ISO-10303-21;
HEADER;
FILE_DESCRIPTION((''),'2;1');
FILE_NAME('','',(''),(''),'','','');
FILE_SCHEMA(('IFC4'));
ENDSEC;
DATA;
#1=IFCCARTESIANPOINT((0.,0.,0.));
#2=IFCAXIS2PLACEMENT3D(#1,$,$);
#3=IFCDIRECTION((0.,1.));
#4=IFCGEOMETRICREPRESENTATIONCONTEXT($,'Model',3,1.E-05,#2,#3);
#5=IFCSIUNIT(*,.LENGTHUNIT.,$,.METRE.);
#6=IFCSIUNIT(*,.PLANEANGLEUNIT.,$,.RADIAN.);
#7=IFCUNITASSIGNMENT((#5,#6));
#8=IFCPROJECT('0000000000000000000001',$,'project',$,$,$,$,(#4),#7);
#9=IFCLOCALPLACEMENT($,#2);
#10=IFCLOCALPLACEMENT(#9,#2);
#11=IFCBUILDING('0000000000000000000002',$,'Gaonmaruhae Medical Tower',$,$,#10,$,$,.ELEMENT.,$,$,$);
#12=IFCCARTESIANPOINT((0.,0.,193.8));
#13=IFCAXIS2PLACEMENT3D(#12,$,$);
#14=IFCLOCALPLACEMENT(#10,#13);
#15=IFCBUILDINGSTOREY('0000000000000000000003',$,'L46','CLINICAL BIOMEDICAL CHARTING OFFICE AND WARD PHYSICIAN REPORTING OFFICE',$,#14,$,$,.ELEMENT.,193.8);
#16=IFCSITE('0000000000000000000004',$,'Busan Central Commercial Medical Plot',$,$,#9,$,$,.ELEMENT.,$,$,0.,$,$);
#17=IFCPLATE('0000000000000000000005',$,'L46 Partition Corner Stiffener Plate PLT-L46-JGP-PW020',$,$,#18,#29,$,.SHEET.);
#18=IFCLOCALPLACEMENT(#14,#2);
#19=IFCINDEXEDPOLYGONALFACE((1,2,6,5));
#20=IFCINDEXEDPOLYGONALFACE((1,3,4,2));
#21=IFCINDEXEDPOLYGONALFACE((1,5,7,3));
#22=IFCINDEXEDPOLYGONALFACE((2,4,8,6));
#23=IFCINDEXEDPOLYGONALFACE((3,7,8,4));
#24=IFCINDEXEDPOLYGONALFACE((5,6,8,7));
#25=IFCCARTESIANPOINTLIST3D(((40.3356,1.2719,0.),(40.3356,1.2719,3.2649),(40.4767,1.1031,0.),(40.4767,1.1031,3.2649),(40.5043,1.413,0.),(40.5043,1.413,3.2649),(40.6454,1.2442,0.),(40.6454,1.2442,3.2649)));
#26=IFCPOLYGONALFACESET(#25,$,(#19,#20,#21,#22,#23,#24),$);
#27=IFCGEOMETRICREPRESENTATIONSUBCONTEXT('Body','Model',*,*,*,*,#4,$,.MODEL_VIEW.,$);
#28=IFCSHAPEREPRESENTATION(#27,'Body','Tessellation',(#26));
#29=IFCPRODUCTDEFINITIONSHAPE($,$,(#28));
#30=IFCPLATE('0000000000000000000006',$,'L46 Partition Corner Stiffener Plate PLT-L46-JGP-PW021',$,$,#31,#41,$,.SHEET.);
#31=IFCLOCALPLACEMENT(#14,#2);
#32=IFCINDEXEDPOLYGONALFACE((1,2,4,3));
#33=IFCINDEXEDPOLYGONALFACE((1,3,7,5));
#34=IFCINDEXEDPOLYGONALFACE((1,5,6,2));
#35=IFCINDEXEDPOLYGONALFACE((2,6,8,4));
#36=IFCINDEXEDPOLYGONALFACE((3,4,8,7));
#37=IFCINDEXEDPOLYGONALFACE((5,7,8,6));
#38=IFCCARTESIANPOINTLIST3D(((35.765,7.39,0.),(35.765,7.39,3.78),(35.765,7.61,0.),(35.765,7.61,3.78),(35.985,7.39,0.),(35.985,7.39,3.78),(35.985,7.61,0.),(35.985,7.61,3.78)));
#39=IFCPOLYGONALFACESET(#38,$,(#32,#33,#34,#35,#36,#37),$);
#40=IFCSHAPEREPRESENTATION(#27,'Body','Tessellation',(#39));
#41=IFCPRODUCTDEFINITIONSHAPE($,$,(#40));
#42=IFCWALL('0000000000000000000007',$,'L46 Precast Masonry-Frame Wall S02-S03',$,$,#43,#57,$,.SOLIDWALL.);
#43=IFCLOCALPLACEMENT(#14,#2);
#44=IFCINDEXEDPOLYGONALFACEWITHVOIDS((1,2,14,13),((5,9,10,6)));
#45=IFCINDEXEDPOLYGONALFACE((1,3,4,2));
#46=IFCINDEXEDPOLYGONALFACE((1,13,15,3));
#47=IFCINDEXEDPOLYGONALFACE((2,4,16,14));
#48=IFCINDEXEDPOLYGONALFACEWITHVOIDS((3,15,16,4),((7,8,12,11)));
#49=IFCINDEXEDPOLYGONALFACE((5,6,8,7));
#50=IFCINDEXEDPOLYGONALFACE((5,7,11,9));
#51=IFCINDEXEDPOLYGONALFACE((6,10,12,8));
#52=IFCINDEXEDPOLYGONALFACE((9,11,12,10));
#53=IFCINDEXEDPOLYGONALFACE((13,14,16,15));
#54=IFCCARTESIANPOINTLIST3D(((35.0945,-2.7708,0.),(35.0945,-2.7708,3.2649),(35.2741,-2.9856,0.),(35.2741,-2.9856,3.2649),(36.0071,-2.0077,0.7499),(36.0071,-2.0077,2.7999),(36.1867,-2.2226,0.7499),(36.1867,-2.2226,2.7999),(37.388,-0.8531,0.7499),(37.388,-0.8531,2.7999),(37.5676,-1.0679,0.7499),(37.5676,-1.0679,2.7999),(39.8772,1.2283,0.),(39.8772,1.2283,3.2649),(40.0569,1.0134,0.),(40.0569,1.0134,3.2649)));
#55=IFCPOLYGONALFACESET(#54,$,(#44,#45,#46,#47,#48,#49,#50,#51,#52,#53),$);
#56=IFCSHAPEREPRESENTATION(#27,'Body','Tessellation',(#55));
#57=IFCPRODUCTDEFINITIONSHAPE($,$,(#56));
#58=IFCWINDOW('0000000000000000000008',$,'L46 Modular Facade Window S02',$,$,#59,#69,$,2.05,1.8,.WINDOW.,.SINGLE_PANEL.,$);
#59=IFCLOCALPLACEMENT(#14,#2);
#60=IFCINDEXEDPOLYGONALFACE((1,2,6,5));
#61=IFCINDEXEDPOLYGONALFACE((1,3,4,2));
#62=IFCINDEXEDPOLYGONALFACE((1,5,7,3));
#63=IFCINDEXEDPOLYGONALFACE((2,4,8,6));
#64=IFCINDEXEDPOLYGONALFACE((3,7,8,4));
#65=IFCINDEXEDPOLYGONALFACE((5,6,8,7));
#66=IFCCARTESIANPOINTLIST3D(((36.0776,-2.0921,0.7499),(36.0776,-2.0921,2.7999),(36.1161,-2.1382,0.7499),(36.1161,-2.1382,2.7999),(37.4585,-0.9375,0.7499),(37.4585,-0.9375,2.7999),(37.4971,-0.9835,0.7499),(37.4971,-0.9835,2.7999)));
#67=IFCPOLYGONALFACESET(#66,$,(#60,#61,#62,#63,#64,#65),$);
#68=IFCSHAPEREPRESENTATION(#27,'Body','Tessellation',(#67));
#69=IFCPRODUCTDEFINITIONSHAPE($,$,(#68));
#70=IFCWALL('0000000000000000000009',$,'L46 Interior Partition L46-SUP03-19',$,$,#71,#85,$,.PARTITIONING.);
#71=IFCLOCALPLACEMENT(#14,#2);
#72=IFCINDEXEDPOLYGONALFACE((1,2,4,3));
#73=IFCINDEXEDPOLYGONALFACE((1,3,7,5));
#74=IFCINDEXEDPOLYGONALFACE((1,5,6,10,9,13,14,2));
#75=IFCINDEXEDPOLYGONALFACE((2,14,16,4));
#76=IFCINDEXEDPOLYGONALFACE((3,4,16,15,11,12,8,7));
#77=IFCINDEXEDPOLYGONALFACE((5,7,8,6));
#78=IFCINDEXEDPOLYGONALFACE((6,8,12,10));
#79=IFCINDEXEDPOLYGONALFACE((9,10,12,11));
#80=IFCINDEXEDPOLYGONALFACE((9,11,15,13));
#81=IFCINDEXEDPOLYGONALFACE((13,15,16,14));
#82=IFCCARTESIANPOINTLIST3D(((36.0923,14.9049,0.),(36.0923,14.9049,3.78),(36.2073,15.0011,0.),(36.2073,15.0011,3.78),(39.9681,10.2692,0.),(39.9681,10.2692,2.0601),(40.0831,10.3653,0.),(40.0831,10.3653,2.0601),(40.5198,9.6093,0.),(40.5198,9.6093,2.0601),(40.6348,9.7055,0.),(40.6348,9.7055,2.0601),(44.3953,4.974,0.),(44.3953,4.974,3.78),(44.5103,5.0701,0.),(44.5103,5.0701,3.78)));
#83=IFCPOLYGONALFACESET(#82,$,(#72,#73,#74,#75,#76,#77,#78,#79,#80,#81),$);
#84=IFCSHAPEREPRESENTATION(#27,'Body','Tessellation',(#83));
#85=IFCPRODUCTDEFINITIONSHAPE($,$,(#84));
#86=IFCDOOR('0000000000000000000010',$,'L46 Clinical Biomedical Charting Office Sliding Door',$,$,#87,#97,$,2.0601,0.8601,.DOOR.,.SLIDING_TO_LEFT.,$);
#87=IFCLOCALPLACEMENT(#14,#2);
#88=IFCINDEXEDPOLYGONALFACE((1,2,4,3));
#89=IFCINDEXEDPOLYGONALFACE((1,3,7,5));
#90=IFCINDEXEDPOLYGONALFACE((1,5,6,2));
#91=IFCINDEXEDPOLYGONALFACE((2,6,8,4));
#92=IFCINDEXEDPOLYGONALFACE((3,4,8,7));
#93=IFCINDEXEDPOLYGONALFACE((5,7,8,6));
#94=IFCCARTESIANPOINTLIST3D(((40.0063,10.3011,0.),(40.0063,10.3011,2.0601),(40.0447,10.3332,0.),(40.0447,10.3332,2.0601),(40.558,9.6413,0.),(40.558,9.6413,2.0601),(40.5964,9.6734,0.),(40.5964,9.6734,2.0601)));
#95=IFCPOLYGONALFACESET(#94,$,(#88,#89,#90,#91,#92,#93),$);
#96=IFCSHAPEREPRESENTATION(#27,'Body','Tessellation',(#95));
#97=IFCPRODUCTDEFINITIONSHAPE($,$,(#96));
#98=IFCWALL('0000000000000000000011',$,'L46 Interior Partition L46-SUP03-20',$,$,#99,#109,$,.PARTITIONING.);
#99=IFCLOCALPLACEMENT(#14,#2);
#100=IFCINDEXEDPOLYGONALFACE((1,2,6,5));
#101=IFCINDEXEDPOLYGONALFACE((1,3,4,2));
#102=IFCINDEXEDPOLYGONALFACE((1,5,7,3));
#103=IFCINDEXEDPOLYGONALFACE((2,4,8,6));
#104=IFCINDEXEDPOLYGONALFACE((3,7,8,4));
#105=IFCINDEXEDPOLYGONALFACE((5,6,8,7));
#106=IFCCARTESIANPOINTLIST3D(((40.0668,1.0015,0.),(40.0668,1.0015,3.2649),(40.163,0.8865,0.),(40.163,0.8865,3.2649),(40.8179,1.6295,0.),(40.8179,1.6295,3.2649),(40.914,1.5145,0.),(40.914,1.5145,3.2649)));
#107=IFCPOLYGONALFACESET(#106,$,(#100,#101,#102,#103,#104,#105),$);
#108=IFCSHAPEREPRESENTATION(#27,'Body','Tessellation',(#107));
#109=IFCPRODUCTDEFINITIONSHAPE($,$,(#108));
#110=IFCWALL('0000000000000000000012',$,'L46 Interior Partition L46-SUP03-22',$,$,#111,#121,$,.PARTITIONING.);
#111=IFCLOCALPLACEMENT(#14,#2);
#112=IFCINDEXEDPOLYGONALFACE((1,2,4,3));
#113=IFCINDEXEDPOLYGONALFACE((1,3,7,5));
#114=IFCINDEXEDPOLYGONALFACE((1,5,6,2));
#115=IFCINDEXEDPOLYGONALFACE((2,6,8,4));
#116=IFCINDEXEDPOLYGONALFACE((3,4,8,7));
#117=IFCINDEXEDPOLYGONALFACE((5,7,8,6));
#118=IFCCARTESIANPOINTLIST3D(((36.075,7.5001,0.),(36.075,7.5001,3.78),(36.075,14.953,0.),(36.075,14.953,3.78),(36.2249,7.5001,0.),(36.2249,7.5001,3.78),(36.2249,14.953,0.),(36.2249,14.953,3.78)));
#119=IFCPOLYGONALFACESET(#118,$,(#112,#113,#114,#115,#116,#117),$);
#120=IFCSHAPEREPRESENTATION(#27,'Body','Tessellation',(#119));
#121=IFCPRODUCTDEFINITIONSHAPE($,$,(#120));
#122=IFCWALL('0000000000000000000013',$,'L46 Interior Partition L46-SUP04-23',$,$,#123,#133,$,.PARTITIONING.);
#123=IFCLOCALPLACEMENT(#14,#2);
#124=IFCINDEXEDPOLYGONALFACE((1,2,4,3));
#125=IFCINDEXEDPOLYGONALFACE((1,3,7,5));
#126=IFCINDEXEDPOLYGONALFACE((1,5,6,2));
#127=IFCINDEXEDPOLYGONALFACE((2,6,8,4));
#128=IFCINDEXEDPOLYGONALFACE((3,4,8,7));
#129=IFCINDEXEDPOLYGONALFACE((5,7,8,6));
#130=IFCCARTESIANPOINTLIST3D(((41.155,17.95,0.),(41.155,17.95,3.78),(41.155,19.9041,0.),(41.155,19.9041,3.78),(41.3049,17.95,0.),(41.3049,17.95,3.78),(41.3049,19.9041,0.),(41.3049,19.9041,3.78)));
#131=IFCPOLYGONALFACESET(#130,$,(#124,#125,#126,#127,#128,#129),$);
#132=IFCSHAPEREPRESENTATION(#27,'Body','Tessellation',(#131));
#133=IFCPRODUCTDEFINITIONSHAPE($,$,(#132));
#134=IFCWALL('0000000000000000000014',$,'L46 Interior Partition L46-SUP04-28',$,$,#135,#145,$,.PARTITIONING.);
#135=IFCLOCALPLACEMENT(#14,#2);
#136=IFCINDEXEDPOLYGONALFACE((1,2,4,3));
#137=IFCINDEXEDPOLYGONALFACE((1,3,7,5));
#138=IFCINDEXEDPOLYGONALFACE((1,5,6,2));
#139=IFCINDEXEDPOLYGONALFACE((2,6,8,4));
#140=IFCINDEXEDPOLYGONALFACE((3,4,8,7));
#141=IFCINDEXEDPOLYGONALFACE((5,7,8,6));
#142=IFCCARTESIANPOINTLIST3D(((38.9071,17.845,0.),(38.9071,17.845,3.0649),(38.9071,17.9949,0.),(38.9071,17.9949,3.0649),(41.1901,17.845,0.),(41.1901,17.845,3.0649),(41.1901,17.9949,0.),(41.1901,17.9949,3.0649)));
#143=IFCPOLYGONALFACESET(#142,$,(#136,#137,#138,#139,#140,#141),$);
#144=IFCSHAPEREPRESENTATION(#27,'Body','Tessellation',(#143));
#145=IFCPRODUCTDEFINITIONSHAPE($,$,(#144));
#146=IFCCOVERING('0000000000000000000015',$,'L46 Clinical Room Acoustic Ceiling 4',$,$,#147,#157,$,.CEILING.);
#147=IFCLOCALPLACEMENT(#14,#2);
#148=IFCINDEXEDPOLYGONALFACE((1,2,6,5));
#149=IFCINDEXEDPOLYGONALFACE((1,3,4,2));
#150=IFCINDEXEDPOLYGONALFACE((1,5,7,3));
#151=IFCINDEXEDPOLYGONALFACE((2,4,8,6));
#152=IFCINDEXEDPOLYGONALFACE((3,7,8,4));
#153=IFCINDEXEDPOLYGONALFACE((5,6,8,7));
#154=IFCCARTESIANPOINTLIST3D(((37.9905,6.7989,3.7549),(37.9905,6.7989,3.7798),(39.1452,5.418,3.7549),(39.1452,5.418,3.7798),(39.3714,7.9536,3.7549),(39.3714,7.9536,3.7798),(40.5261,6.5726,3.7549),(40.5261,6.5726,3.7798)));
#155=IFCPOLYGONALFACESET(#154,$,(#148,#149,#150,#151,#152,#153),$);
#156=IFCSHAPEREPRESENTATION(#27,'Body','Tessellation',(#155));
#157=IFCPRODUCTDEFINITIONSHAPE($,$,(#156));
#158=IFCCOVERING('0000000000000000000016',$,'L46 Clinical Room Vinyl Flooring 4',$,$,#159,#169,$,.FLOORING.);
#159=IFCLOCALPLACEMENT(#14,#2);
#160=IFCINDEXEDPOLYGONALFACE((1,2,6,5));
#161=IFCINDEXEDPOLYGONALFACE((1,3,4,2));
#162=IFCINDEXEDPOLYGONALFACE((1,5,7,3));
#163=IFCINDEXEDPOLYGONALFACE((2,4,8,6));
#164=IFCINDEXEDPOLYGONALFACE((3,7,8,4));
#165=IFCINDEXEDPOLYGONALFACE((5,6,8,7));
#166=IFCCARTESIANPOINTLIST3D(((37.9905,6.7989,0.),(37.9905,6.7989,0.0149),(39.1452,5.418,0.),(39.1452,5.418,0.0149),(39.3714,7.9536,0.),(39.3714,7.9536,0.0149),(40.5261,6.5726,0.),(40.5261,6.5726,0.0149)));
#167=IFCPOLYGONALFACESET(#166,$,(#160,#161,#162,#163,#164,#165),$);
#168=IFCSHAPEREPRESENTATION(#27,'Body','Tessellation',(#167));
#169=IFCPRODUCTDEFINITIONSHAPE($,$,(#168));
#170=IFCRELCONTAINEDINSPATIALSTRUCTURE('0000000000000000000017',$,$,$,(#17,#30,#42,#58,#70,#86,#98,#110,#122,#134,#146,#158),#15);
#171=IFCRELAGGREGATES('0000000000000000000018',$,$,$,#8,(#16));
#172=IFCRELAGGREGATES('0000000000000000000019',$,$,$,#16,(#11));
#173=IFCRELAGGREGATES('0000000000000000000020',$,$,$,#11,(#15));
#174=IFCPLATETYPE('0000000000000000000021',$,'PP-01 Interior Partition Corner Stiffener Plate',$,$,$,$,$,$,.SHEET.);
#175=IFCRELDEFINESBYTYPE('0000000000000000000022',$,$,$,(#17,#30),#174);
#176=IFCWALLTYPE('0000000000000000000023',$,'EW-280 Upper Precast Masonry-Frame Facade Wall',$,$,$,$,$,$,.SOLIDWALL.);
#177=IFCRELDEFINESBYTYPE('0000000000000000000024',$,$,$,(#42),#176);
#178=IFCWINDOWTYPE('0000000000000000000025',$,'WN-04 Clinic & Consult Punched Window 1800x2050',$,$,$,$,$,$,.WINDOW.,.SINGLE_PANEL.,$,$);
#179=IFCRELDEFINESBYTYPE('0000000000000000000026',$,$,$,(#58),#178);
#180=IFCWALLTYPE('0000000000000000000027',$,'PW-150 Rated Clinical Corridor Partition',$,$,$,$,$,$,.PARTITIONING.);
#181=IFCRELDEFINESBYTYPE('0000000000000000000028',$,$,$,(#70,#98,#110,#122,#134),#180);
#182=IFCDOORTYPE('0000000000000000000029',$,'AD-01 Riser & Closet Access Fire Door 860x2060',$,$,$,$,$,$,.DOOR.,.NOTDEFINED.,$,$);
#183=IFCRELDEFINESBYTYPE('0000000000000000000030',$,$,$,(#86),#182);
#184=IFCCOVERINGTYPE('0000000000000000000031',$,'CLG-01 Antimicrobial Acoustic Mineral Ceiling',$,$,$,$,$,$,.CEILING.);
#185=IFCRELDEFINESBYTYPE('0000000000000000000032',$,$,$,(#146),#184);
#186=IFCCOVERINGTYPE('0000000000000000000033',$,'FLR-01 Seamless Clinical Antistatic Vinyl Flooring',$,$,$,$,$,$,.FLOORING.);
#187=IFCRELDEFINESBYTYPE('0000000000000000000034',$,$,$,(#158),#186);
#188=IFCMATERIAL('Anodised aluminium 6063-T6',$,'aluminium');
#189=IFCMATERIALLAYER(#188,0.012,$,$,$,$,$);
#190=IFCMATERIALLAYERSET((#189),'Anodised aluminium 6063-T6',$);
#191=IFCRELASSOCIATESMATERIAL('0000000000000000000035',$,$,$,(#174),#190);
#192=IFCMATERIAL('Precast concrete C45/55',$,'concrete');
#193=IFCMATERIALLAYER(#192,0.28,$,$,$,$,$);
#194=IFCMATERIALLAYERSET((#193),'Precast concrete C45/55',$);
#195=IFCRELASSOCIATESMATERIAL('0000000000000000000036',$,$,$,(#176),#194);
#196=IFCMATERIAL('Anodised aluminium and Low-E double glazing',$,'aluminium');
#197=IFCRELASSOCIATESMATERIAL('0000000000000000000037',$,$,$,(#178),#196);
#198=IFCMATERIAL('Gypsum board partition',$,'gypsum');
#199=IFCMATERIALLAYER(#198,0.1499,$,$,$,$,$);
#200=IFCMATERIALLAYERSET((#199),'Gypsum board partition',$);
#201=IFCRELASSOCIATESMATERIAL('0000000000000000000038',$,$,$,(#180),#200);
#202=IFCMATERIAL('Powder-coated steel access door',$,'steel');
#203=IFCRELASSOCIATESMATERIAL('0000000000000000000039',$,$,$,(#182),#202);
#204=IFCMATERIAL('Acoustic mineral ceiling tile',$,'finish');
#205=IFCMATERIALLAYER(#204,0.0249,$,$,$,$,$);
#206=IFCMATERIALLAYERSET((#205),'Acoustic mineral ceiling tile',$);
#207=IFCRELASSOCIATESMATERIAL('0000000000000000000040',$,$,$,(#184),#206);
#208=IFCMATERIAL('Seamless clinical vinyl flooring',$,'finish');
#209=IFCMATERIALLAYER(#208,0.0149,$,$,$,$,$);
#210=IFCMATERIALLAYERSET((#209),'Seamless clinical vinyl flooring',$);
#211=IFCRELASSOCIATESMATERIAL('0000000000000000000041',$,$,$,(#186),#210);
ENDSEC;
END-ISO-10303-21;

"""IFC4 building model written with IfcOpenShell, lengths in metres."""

from ifc_helpers import new_model, si_unit, direction, frame, frame_2d, origin, origin_2d, place, context, subcontext, project, spatial, rectangle, extrude, material, layer, layer_set, type_object, element, fill, save


model = new_model("IFC4")

# Units and contexts
model_context = context("Model", 3, precision=1e-05, world=origin(), true_north=direction((0.0, 1.0)))
body_context = subcontext(model_context, "Body", "Model", "MODEL_VIEW")
ifc_project = project(units=[si_unit("LENGTHUNIT", "METRE"), si_unit("PLANEANGLEUNIT", "RADIAN")], contexts=[model_context])

# Site, building, storey
site_placement = place(None, origin())
site = spatial("IfcSite", under=ifc_project, at=site_placement, Name="Busan Central Commercial Medical Plot", CompositionType="ELEMENT", RefElevation=0.0)
building_placement = place(site_placement, origin())
building = spatial("IfcBuilding", under=site, at=building_placement, Name="Gaonmaruhae Medical Tower", CompositionType="ELEMENT")
storey_placement = place(building_placement, frame((0.0, 0.0, 193.8)))
storey = spatial("IfcBuildingStorey", under=building, at=storey_placement, Name="L46", Description="CLINICAL BIOMEDICAL CHARTING OFFICE AND WARD PHYSICIAN REPORTING OFFICE", CompositionType="ELEMENT", Elevation=193.8)

# Plates
ifc_material_1 = material(Name="Anodised aluminium 6063-T6", Category="aluminium")
ifc_layer_1 = layer(ifc_material_1, 0.012)
ifc_layer_set_1 = layer_set([ifc_layer_1], Name="Anodised aluminium 6063-T6")
plate_type = type_object("IfcPlateType", Name="PP-01 Interior Partition Corner Stiffener Plate", PredefinedType="SHEET", material=ifc_layer_set_1)
plate_1_placement = place(storey_placement, frame((40.4905, 1.2581, 0.0), z_axis=(0.0, 0.0, 1.0), x_axis=(-0.767132, -0.64149, 0.0)))
element("IfcPlate", 1, at=plate_1_placement, inside=storey, type_object=plate_type, Name="L46 Partition Corner Stiffener Plate PLT-L46-JGP-PW020", PredefinedType="SHEET", context=body_context, shape_type="SweptSolid", body=[
    extrude(rectangle(XDim=0.22, YDim=0.22, at=origin_2d()), origin(), (0.0, 0.0, 1.0), 3.2649),
])
plate_2_placement = place(storey_placement, frame((35.875, 7.5, 0.0), z_axis=(0.0, 0.0, 1.0), x_axis=(1.0, 0.0, 0.0)))
element("IfcPlate", 2, at=plate_2_placement, inside=storey, type_object=plate_type, Name="L46 Partition Corner Stiffener Plate PLT-L46-JGP-PW021", PredefinedType="SHEET", context=body_context, shape_type="SweptSolid", body=[
    extrude(rectangle(XDim=0.22, YDim=0.22, at=origin_2d()), origin(), (0.0, 0.0, 1.0), 3.78),
])

# Wall, opening, window
ifc_material_2 = material(Name="Precast concrete C45/55", Category="concrete")
ifc_layer_2 = layer(ifc_material_2, 0.28)
ifc_layer_set_2 = layer_set([ifc_layer_2], Name="Precast concrete C45/55")
wall_type_1 = type_object("IfcWallType", Name="EW-280 Upper Precast Masonry-Frame Facade Wall", PredefinedType="SOLIDWALL", material=ifc_layer_set_2)
wall_1_placement = place(storey_placement, frame((39.967, 1.1208, 0.0), z_axis=(0.0, 0.0, 1.0), x_axis=(-0.767161, -0.641455, 0.0)))
wall_1 = element("IfcWall", 3, at=wall_1_placement, inside=storey, type_object=wall_type_1, Name="L46 Precast Masonry-Frame Wall S02-S03", PredefinedType="SOLIDWALL", context=body_context, shape_type="SweptSolid", body=[
    extrude(rectangle(XDim=6.2344, YDim=0.28, at=frame_2d((3.1172, 0.0))), origin(), (0.0, 0.0, 1.0), 3.2649),
])
opening_1_placement = place(wall_1_placement, frame((3.2449, 0.0, 0.75)))
opening_1 = element("IfcOpeningElement", 4, at=opening_1_placement, cuts=wall_1, PredefinedType="OPENING", context=body_context, shape_type="SweptSolid", body=[
    extrude(rectangle(XDim=1.8, YDim=2.05, at=frame_2d((0.8999, 1.0249))), frame((0.0, 0.1499, 0.0), z_axis=(0.0, -1.0, 0.0), x_axis=(1.0, 0.0, 0.0)), (0.0, 0.0, 1.0), 0.3),
])
ifc_material_3 = material(Name="Anodised aluminium and Low-E double glazing", Category="aluminium")
window_type = type_object("IfcWindowType", Name="WN-04 Clinic & Consult Punched Window 1800x2050", PartitioningType="SINGLE_PANEL", PredefinedType="WINDOW", material=ifc_material_3)
window_placement = place(opening_1_placement, origin())
window = element("IfcWindow", 5, at=window_placement, inside=storey, type_object=window_type, Name="L46 Modular Facade Window S02", OverallHeight=2.05, OverallWidth=1.8, PartitioningType="SINGLE_PANEL", PredefinedType="WINDOW", context=body_context, shape_type="SweptSolid", body=[
    extrude(rectangle(XDim=1.8, YDim=2.05, at=frame_2d((0.8999, 1.0249))), frame((0.0, 0.03, 0.0), z_axis=(0.0, -1.0, 0.0), x_axis=(1.0, 0.0, 0.0)), (0.0, 0.0, 1.0), 0.0601),
])
fill(opening_1, window)

# Wall, opening, door
ifc_material_4 = material(Name="Gypsum board partition", Category="gypsum")
ifc_layer_3 = layer(ifc_material_4, 0.1499)
ifc_layer_set_3 = layer_set([ifc_layer_3], Name="Gypsum board partition")
wall_type_2 = type_object("IfcWallType", Name="PW-150 Rated Clinical Corridor Partition", PredefinedType="PARTITIONING", material=ifc_layer_set_3)
wall_2_placement = place(storey_placement, frame((36.1499, 14.9529, 0.0), z_axis=(0.0, 0.0, 1.0), x_axis=(0.641425, -0.767186, 0.0)))
wall_2 = element("IfcWall", 6, at=wall_2_placement, inside=storey, type_object=wall_type_2, Name="L46 Interior Partition L46-SUP03-19", PredefinedType="PARTITIONING", context=body_context, shape_type="SweptSolid", body=[
    extrude(rectangle(XDim=12.9446, YDim=0.1499, at=frame_2d((6.4722, 0.0))), origin(), (0.0, 0.0, 1.0), 3.78),
])
opening_2_placement = place(wall_2_placement, frame((6.0422, 0.0, 0.0)))
opening_2 = element("IfcOpeningElement", 7, at=opening_2_placement, cuts=wall_2, PredefinedType="OPENING", context=body_context, shape_type="SweptSolid", body=[
    extrude(rectangle(XDim=0.8601, YDim=2.0601, at=frame_2d((0.4302, 1.03))), frame((0.0, 0.085, 0.0), z_axis=(0.0, -1.0, 0.0), x_axis=(1.0, 0.0, 0.0)), (0.0, 0.0, 1.0), 0.1699),
])
ifc_material_5 = material(Name="Powder-coated steel access door", Category="steel")
door_type_1 = type_object("IfcDoorType", Name="AD-01 Riser & Closet Access Fire Door 860x2060", OperationType="NOTDEFINED", PredefinedType="DOOR", material=ifc_material_5)
door_1_placement = place(opening_2_placement, origin())
door_1 = element("IfcDoor", 8, at=door_1_placement, inside=storey, type_object=door_type_1, Name="L46 Clinical Biomedical Charting Office Sliding Door", OperationType="SLIDING_TO_LEFT", OverallHeight=2.0601, OverallWidth=0.8601, PredefinedType="DOOR", context=body_context, shape_type="SweptSolid", body=[
    extrude(rectangle(XDim=0.8601, YDim=2.0601, at=frame_2d((0.4302, 1.03))), frame((0.0, 0.0249, 0.0), z_axis=(0.0, -1.0, 0.0), x_axis=(1.0, 0.0, 0.0)), (0.0, 0.0, 1.0), 0.05),
])
fill(opening_2, door_1)

# Walls
wall_3_placement = place(storey_placement, frame((40.866, 1.572, 0.0), z_axis=(0.0, 0.0, 1.0), x_axis=(-0.767157, -0.641459, 0.0)))
element("IfcWall", 9, at=wall_3_placement, inside=storey, type_object=wall_type_2, Name="L46 Interior Partition L46-SUP03-20", PredefinedType="PARTITIONING", context=body_context, shape_type="SweptSolid", body=[
    extrude(rectangle(XDim=0.979, YDim=0.1499, at=frame_2d((0.4895, 0.0))), origin(), (0.0, 0.0, 1.0), 3.2649),
])
wall_4_placement = place(storey_placement, frame((36.1499, 7.5, 0.0), z_axis=(0.0, 0.0, 1.0), x_axis=(0.0, 1.0, 0.0)))
element("IfcWall", 10, at=wall_4_placement, inside=storey, type_object=wall_type_2, Name="L46 Interior Partition L46-SUP03-22", PredefinedType="PARTITIONING", context=body_context, shape_type="SweptSolid", body=[
    extrude(rectangle(XDim=7.4529, YDim=0.1499, at=frame_2d((3.7266, 0.0))), origin(), (0.0, 0.0, 1.0), 3.78),
])
wall_5_placement = place(storey_placement, frame((41.23, 17.95, 0.0), z_axis=(0.0, 0.0, 1.0), x_axis=(0.0, 1.0, 0.0)))
element("IfcWall", 11, at=wall_5_placement, inside=storey, type_object=wall_type_2, Name="L46 Interior Partition L46-SUP04-23", PredefinedType="PARTITIONING", context=body_context, shape_type="SweptSolid", body=[
    extrude(rectangle(XDim=1.9541, YDim=0.1499, at=frame_2d((0.9771, 0.0))), origin(), (0.0, 0.0, 1.0), 3.78),
])

# Wall
wall_6_placement = place(storey_placement, frame((38.907, 17.9199, 0.0), z_axis=(0.0, 0.0, 1.0), x_axis=(1.0, 0.0, 0.0)))
element("IfcWall", 12, at=wall_6_placement, inside=storey, type_object=wall_type_2, Name="L46 Interior Partition L46-SUP04-28", PredefinedType="PARTITIONING", context=body_context, shape_type="SweptSolid", body=[
    extrude(rectangle(XDim=2.283, YDim=0.1499, at=frame_2d((1.1416, 0.0))), origin(), (0.0, 0.0, 1.0), 3.0649),
])

# Coverings
ifc_material_6 = material(Name="Acoustic mineral ceiling tile", Category="finish")
ifc_layer_4 = layer(ifc_material_6, 0.0249)
ifc_layer_set_4 = layer_set([ifc_layer_4], Name="Acoustic mineral ceiling tile")
covering_type_1 = type_object("IfcCoveringType", Name="CLG-01 Antimicrobial Acoustic Mineral Ceiling", PredefinedType="CEILING", material=ifc_layer_set_4)
covering_1_placement = place(storey_placement, frame((39.2583, 6.6858, 3.7549), z_axis=(0.0, 0.0, 1.0), x_axis=(0.767165, 0.64145, 0.0)))
element("IfcCovering", 13, at=covering_1_placement, inside=storey, type_object=covering_type_1, Name="L46 Clinical Room Acoustic Ceiling 4", PredefinedType="CEILING", context=body_context, shape_type="SweptSolid", body=[
    extrude(rectangle(XDim=1.8, YDim=1.8, at=origin_2d()), origin(), (0.0, 0.0, 1.0), 0.0249),
])
ifc_material_7 = material(Name="Seamless clinical vinyl flooring", Category="finish")
ifc_layer_5 = layer(ifc_material_7, 0.0149)
ifc_layer_set_5 = layer_set([ifc_layer_5], Name="Seamless clinical vinyl flooring")
covering_type_2 = type_object("IfcCoveringType", Name="FLR-01 Seamless Clinical Antistatic Vinyl Flooring", PredefinedType="FLOORING", material=ifc_layer_set_5)
covering_2_placement = place(storey_placement, frame((39.2583, 6.6858, 0.0), z_axis=(0.0, 0.0, 1.0), x_axis=(0.767165, 0.64145, 0.0)))
element("IfcCovering", 14, at=covering_2_placement, inside=storey, type_object=covering_type_2, Name="L46 Clinical Room Vinyl Flooring 4", PredefinedType="FLOORING", context=body_context, shape_type="SweptSolid", body=[
    extrude(rectangle(XDim=1.8, YDim=1.8, at=origin_2d()), origin(), (0.0, 0.0, 1.0), 0.0149),
])

save(model, "model.ifc")
